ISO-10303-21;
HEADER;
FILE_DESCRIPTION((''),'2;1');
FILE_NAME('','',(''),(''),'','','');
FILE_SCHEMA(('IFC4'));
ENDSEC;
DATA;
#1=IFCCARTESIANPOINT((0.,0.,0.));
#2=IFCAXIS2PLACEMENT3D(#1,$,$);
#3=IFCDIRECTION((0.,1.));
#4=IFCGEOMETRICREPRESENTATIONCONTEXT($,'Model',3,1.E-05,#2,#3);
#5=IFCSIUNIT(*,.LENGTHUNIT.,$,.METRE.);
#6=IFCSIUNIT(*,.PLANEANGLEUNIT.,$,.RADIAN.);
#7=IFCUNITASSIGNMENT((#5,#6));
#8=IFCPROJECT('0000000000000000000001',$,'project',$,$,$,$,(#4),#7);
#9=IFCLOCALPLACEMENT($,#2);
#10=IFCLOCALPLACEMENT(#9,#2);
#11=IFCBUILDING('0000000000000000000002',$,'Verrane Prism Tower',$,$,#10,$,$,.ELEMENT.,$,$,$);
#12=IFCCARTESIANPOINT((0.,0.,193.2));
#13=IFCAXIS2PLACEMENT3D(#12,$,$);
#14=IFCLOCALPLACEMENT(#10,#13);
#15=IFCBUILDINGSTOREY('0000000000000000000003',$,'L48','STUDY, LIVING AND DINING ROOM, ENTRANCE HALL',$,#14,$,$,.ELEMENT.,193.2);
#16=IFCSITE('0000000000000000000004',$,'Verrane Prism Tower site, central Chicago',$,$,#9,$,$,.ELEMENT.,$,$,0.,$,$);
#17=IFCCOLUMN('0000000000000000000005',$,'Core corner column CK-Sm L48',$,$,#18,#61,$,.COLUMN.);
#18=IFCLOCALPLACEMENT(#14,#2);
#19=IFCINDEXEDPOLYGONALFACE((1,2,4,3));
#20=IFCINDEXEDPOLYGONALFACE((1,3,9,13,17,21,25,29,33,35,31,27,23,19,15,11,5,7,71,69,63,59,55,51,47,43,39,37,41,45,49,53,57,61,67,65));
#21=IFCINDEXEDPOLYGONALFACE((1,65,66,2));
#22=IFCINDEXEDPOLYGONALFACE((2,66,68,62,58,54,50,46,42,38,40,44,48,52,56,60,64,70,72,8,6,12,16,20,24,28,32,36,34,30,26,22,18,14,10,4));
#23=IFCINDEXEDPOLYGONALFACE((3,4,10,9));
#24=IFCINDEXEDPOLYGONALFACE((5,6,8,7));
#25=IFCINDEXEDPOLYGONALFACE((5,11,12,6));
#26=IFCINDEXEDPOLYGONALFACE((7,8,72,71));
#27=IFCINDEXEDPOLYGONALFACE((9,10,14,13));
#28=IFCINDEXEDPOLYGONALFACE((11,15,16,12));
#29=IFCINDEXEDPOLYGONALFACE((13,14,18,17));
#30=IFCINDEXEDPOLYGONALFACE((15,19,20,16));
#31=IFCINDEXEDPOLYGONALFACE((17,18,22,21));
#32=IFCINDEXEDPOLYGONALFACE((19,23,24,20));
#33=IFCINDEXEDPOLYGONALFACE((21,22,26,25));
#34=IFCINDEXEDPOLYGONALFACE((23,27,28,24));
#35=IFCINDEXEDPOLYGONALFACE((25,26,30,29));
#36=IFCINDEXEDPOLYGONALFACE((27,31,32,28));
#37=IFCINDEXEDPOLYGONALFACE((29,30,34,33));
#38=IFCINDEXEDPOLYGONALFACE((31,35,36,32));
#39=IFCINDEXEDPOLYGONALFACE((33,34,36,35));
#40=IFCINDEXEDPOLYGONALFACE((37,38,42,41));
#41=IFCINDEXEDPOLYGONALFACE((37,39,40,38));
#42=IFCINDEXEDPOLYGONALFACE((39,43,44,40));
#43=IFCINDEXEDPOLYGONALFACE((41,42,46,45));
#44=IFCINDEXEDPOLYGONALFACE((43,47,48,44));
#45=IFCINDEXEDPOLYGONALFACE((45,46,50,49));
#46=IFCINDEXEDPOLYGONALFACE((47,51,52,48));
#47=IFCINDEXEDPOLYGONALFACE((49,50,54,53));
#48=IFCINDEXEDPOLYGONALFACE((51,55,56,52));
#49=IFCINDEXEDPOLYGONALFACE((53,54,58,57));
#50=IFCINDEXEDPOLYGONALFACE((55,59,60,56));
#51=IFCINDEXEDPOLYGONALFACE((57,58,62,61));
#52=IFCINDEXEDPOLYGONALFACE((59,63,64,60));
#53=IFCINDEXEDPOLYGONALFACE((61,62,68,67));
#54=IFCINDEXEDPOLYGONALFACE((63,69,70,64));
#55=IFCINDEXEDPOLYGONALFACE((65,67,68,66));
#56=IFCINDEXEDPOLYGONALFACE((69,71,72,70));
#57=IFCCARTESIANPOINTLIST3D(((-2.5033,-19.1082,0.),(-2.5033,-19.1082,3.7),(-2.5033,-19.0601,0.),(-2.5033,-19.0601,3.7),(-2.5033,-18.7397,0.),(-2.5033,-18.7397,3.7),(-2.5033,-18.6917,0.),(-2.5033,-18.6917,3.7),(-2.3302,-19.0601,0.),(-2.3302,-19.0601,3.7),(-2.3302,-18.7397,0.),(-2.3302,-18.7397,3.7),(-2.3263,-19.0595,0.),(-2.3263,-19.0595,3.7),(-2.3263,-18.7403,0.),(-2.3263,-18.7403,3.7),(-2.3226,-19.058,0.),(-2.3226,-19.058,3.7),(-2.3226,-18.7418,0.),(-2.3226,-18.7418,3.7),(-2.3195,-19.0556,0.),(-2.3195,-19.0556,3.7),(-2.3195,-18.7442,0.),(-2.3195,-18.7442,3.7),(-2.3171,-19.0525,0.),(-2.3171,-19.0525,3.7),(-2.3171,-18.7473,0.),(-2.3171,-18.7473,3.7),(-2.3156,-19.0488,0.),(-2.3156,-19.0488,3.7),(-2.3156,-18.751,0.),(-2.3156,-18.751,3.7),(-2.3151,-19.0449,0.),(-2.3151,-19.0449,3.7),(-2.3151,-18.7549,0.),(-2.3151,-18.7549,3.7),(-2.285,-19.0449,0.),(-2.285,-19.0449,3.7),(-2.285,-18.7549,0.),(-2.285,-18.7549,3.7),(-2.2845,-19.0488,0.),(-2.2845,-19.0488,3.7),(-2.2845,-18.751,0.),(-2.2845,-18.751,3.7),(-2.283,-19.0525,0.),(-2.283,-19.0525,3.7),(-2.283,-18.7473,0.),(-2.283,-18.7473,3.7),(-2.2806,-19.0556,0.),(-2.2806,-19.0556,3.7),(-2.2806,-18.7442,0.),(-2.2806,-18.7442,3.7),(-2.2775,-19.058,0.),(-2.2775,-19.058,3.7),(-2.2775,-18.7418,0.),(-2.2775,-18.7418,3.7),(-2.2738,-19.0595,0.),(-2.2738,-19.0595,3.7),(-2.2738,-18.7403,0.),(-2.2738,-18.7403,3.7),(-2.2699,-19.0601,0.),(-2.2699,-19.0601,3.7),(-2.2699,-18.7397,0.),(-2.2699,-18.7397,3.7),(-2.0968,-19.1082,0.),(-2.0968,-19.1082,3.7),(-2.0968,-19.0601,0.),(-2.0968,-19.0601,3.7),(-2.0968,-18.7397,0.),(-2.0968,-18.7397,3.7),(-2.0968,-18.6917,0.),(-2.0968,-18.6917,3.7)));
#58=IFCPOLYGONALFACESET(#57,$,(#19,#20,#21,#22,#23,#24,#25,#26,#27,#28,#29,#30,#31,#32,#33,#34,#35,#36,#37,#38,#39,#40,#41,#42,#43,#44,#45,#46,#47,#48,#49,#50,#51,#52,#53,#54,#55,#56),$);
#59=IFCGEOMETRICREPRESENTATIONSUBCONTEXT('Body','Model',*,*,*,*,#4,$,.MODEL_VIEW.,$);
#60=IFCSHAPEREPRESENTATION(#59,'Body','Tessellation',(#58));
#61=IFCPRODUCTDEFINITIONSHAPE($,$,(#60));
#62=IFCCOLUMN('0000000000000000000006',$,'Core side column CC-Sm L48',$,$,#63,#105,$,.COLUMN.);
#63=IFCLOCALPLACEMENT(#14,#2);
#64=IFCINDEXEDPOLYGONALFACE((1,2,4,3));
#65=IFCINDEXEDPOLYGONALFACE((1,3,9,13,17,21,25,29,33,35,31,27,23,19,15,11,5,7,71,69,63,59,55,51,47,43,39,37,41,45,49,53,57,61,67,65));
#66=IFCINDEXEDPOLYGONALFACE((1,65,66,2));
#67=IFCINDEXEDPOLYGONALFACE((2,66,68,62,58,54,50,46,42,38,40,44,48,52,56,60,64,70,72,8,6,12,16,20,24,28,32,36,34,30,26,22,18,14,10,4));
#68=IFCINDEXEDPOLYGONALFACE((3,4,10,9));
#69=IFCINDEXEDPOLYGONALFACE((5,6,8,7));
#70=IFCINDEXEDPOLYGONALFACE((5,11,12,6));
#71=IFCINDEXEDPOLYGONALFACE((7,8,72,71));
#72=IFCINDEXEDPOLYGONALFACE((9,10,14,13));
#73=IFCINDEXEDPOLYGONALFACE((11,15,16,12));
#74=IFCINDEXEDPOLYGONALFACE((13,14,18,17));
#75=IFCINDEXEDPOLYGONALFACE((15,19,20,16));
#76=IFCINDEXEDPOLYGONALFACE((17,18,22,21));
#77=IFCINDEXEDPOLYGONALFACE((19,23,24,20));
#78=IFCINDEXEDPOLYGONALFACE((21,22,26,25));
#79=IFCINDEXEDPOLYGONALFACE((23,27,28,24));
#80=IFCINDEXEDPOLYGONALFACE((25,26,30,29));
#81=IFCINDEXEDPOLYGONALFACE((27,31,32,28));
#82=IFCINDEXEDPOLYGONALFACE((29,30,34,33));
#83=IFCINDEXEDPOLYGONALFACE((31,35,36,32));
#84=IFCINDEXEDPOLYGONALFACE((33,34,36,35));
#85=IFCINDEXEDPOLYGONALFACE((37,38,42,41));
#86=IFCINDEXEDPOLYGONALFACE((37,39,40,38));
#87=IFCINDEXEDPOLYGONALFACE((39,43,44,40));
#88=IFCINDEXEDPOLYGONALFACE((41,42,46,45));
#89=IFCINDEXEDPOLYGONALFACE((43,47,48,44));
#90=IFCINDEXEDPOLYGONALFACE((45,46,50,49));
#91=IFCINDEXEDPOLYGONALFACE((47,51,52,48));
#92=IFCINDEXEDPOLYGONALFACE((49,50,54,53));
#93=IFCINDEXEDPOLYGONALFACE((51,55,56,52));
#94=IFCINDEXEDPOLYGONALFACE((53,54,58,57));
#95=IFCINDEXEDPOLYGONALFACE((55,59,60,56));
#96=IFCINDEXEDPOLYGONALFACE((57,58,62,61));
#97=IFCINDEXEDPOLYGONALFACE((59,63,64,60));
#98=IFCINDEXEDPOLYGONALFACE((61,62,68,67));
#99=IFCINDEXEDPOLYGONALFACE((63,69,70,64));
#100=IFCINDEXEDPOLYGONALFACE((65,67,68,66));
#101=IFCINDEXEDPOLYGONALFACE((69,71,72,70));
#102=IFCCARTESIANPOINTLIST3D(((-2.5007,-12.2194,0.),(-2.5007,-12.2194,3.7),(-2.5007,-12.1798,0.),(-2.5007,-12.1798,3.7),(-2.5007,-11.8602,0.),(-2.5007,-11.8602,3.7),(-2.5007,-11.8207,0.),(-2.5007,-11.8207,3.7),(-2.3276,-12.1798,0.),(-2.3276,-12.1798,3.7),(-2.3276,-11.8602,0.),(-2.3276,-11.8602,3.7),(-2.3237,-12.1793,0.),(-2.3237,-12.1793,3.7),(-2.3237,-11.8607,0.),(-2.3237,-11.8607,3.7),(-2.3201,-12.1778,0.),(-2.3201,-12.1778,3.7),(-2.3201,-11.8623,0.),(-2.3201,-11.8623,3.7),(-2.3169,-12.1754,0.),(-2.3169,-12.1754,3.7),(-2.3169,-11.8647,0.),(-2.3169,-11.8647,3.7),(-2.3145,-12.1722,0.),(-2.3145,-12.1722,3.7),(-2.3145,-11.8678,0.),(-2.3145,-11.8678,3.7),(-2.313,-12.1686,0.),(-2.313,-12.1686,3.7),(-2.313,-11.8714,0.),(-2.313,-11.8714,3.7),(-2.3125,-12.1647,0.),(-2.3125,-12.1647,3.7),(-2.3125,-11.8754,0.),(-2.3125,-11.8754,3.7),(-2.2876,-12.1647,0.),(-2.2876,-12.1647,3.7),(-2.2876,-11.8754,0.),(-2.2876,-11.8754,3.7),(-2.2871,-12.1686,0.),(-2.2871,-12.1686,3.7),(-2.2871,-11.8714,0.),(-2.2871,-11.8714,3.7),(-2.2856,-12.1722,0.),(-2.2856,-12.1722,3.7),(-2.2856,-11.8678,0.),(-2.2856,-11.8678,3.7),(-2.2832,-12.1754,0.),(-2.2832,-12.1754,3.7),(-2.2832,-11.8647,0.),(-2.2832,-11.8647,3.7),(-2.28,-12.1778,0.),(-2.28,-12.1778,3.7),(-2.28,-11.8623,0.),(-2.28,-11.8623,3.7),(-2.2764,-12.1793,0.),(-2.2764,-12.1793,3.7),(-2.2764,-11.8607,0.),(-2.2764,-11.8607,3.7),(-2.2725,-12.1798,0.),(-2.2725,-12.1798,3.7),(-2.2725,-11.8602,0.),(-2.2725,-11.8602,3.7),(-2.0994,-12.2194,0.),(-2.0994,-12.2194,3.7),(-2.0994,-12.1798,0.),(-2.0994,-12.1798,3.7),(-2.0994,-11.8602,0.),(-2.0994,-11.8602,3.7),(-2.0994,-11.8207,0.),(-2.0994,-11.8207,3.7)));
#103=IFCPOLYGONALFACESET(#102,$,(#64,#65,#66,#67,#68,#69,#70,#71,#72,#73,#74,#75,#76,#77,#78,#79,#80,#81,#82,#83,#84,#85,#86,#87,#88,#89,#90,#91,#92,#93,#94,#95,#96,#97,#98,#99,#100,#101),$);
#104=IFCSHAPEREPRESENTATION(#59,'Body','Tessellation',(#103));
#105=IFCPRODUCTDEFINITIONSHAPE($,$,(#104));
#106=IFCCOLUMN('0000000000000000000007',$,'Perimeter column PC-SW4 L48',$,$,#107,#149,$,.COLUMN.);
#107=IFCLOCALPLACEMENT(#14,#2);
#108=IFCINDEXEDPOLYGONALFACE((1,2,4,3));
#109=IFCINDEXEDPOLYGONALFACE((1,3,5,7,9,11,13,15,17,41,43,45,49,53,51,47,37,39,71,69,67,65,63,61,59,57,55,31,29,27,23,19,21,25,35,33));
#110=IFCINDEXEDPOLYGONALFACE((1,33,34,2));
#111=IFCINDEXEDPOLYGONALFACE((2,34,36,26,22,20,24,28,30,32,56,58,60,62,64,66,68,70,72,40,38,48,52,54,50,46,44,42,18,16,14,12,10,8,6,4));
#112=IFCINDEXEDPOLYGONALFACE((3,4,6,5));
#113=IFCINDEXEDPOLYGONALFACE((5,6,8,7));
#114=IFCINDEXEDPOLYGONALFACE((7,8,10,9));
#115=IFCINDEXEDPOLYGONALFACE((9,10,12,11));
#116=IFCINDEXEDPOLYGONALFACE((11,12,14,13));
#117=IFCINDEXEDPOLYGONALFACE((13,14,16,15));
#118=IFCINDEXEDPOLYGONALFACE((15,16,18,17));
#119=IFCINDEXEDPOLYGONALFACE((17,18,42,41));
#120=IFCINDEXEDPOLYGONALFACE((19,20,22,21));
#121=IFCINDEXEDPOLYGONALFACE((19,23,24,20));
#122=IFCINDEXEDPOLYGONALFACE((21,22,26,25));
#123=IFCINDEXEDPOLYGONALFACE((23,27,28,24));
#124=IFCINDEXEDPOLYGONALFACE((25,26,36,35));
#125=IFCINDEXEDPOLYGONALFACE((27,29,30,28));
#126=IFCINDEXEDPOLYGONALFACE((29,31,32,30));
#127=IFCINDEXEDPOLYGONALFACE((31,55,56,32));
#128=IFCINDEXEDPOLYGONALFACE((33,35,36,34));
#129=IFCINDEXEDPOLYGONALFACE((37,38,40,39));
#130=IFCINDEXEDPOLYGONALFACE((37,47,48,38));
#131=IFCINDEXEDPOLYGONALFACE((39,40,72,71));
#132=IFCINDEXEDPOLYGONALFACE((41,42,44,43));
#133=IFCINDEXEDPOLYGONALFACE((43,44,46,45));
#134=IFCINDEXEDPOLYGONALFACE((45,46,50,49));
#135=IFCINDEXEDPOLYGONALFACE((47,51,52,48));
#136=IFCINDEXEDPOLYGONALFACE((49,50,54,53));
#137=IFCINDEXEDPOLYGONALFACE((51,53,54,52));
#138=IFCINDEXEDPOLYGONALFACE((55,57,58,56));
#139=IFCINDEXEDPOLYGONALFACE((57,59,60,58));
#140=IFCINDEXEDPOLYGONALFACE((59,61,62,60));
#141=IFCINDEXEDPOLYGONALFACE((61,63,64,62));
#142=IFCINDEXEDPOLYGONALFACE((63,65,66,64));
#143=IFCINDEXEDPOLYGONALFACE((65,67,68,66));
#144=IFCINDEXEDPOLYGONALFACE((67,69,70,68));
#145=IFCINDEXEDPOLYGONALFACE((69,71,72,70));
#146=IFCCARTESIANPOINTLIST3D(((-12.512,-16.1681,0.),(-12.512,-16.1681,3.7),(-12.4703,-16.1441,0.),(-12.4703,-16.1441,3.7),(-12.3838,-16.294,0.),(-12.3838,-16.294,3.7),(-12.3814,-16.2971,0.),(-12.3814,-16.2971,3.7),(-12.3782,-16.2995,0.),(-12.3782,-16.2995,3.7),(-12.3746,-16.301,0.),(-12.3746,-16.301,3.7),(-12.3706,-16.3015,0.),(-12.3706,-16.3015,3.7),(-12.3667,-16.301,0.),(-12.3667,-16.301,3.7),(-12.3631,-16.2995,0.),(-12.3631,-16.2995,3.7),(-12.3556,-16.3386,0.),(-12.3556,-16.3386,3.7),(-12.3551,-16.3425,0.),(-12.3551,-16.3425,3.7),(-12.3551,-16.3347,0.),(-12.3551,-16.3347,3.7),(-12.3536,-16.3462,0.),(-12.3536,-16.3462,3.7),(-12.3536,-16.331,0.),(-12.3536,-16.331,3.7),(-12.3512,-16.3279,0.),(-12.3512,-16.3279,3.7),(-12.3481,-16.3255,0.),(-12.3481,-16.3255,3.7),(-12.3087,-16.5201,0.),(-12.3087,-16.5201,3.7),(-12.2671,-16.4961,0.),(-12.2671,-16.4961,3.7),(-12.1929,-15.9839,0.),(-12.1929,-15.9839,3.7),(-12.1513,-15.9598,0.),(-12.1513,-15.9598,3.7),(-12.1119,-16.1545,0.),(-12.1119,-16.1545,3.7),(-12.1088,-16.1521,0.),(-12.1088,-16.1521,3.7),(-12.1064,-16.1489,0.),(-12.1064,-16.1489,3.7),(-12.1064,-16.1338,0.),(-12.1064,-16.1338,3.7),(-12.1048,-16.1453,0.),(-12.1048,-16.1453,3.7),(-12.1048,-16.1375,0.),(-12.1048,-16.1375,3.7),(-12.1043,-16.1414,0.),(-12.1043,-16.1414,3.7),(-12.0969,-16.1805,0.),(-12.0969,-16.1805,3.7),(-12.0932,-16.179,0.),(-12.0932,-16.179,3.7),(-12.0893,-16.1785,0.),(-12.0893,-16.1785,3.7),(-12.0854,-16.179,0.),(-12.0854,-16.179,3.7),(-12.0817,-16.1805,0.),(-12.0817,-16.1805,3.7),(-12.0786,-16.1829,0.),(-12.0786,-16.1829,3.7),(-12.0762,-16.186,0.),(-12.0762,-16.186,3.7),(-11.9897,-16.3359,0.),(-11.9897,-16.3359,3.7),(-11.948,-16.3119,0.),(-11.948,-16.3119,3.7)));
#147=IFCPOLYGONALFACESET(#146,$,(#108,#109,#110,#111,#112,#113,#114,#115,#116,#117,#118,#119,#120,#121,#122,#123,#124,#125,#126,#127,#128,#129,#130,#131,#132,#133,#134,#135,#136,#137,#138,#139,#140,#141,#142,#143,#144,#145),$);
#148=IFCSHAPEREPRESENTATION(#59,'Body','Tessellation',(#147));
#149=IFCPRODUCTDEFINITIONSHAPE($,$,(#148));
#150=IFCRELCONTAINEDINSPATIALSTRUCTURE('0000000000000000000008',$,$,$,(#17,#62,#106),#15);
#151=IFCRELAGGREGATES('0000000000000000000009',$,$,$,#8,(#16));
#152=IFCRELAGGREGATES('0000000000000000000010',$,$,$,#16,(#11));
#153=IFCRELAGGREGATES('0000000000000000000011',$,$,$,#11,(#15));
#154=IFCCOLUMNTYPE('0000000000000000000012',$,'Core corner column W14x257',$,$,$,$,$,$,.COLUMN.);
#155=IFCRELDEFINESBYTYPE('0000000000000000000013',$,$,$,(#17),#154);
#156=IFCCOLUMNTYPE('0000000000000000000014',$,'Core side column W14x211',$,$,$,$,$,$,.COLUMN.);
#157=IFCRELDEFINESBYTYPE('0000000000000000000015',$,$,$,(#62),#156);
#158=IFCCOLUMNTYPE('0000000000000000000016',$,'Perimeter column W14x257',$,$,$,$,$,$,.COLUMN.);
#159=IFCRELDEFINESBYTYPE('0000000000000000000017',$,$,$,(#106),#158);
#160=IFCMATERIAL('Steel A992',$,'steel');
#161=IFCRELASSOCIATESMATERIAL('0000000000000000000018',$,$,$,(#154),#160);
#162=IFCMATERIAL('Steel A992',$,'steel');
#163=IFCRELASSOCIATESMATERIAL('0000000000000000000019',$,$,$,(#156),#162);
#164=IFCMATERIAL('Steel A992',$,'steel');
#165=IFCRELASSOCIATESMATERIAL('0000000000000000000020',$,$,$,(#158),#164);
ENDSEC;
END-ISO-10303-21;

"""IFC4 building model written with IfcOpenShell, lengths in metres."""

from ifc_helpers import new_model, si_unit, direction, frame, origin, origin_2d, place, context, subcontext, project, spatial, i_section, extrude, material, material_profile, profile_set, type_object, element, save


model = new_model("IFC4")

# Units and contexts
model_context = context("Model", 3, precision=1e-05, world=origin(), true_north=direction((0.0, 1.0)))
body_context = subcontext(model_context, "Body", "Model", "MODEL_VIEW")
ifc_project = project(units=[si_unit("LENGTHUNIT", "METRE"), si_unit("PLANEANGLEUNIT", "RADIAN")], contexts=[model_context])

# Site, building, storey
site_placement = place(None, origin())
site = spatial("IfcSite", under=ifc_project, at=site_placement, Name="Verrane Prism Tower site, central Chicago", CompositionType="ELEMENT", RefElevation=0.0)
building_placement = place(site_placement, origin())
building = spatial("IfcBuilding", under=site, at=building_placement, Name="Verrane Prism Tower", CompositionType="ELEMENT")
storey_placement = place(building_placement, frame((0.0, 0.0, 193.2)))
storey = spatial("IfcBuildingStorey", under=building, at=storey_placement, Name="L48", Description="STUDY, LIVING AND DINING ROOM, ENTRANCE HALL", CompositionType="ELEMENT", Elevation=193.2)

# Columns
ifc_material_1 = material(Name="Steel A992", Category="steel")
ifc_material_profile_1 = material_profile(ifc_material_1, i_section(OverallWidth=0.4065, OverallDepth=0.4165, WebThickness=0.03, FlangeThickness=0.0481, FilletRadius=0.0151, at=origin_2d()), Name="W14x257")
ifc_profile_set_1 = profile_set([ifc_material_profile_1], Name="Steel A992")
column_type_1 = type_object("IfcColumnType", Name="Core corner column W14x257", PredefinedType="COLUMN", material=ifc_profile_set_1)
column_1_placement = place(storey_placement, frame((-2.3, -18.8999, 0.0), z_axis=(0.0, 0.0, 1.0), x_axis=(-1.0, 0.0, 0.0)))
element("IfcColumn", 1, at=column_1_placement, inside=storey, type_object=column_type_1, Name="Core corner column CK-Sm L48", PredefinedType="COLUMN", context=body_context, shape_type="SweptSolid", body=[
    extrude(i_section(OverallWidth=0.4065, OverallDepth=0.4165, WebThickness=0.03, FlangeThickness=0.0481, FilletRadius=0.0151, at=origin_2d()), origin(), (0.0, 0.0, 1.0), 3.7),
])
ifc_material_2 = material(Name="Steel A992", Category="steel")
ifc_material_profile_2 = material_profile(ifc_material_2, i_section(OverallWidth=0.4014, OverallDepth=0.3987, WebThickness=0.0249, FlangeThickness=0.0396, FilletRadius=0.0151, at=origin_2d()), Name="W14x211")
ifc_profile_set_2 = profile_set([ifc_material_profile_2], Name="Steel A992")
column_type_2 = type_object("IfcColumnType", Name="Core side column W14x211", PredefinedType="COLUMN", material=ifc_profile_set_2)
column_2_placement = place(storey_placement, frame((-2.3, -12.02, 0.0), z_axis=(0.0, 0.0, 1.0), x_axis=(1.0, 0.0, 0.0)))
element("IfcColumn", 2, at=column_2_placement, inside=storey, type_object=column_type_2, Name="Core side column CC-Sm L48", PredefinedType="COLUMN", context=body_context, shape_type="SweptSolid", body=[
    extrude(i_section(OverallWidth=0.4014, OverallDepth=0.3987, WebThickness=0.0249, FlangeThickness=0.0396, FilletRadius=0.0151, at=origin_2d()), origin(), (0.0, 0.0, 1.0), 3.7),
])
ifc_material_3 = material(Name="Steel A992", Category="steel")
ifc_material_profile_3 = material_profile(ifc_material_3, i_section(OverallWidth=0.4065, OverallDepth=0.4165, WebThickness=0.03, FlangeThickness=0.0481, FilletRadius=0.0151, at=origin_2d()), Name="W14x257")
ifc_profile_set_3 = profile_set([ifc_material_profile_3], Name="Steel A992")
column_type_3 = type_object("IfcColumnType", Name="Perimeter column W14x257", PredefinedType="COLUMN", material=ifc_profile_set_3)
column_3_placement = place(storey_placement, frame((-12.23, -16.24, 0.0), z_axis=(0.0, 0.0, 1.0), x_axis=(-0.5, 0.866025, 0.0)))
element("IfcColumn", 3, at=column_3_placement, inside=storey, type_object=column_type_3, Name="Perimeter column PC-SW4 L48", PredefinedType="COLUMN", context=body_context, shape_type="SweptSolid", body=[
    extrude(i_section(OverallWidth=0.4065, OverallDepth=0.4165, WebThickness=0.03, FlangeThickness=0.0481, FilletRadius=0.0151, at=origin_2d()), origin(), (0.0, 0.0, 1.0), 3.7),
])

save(model, "model.ifc")
